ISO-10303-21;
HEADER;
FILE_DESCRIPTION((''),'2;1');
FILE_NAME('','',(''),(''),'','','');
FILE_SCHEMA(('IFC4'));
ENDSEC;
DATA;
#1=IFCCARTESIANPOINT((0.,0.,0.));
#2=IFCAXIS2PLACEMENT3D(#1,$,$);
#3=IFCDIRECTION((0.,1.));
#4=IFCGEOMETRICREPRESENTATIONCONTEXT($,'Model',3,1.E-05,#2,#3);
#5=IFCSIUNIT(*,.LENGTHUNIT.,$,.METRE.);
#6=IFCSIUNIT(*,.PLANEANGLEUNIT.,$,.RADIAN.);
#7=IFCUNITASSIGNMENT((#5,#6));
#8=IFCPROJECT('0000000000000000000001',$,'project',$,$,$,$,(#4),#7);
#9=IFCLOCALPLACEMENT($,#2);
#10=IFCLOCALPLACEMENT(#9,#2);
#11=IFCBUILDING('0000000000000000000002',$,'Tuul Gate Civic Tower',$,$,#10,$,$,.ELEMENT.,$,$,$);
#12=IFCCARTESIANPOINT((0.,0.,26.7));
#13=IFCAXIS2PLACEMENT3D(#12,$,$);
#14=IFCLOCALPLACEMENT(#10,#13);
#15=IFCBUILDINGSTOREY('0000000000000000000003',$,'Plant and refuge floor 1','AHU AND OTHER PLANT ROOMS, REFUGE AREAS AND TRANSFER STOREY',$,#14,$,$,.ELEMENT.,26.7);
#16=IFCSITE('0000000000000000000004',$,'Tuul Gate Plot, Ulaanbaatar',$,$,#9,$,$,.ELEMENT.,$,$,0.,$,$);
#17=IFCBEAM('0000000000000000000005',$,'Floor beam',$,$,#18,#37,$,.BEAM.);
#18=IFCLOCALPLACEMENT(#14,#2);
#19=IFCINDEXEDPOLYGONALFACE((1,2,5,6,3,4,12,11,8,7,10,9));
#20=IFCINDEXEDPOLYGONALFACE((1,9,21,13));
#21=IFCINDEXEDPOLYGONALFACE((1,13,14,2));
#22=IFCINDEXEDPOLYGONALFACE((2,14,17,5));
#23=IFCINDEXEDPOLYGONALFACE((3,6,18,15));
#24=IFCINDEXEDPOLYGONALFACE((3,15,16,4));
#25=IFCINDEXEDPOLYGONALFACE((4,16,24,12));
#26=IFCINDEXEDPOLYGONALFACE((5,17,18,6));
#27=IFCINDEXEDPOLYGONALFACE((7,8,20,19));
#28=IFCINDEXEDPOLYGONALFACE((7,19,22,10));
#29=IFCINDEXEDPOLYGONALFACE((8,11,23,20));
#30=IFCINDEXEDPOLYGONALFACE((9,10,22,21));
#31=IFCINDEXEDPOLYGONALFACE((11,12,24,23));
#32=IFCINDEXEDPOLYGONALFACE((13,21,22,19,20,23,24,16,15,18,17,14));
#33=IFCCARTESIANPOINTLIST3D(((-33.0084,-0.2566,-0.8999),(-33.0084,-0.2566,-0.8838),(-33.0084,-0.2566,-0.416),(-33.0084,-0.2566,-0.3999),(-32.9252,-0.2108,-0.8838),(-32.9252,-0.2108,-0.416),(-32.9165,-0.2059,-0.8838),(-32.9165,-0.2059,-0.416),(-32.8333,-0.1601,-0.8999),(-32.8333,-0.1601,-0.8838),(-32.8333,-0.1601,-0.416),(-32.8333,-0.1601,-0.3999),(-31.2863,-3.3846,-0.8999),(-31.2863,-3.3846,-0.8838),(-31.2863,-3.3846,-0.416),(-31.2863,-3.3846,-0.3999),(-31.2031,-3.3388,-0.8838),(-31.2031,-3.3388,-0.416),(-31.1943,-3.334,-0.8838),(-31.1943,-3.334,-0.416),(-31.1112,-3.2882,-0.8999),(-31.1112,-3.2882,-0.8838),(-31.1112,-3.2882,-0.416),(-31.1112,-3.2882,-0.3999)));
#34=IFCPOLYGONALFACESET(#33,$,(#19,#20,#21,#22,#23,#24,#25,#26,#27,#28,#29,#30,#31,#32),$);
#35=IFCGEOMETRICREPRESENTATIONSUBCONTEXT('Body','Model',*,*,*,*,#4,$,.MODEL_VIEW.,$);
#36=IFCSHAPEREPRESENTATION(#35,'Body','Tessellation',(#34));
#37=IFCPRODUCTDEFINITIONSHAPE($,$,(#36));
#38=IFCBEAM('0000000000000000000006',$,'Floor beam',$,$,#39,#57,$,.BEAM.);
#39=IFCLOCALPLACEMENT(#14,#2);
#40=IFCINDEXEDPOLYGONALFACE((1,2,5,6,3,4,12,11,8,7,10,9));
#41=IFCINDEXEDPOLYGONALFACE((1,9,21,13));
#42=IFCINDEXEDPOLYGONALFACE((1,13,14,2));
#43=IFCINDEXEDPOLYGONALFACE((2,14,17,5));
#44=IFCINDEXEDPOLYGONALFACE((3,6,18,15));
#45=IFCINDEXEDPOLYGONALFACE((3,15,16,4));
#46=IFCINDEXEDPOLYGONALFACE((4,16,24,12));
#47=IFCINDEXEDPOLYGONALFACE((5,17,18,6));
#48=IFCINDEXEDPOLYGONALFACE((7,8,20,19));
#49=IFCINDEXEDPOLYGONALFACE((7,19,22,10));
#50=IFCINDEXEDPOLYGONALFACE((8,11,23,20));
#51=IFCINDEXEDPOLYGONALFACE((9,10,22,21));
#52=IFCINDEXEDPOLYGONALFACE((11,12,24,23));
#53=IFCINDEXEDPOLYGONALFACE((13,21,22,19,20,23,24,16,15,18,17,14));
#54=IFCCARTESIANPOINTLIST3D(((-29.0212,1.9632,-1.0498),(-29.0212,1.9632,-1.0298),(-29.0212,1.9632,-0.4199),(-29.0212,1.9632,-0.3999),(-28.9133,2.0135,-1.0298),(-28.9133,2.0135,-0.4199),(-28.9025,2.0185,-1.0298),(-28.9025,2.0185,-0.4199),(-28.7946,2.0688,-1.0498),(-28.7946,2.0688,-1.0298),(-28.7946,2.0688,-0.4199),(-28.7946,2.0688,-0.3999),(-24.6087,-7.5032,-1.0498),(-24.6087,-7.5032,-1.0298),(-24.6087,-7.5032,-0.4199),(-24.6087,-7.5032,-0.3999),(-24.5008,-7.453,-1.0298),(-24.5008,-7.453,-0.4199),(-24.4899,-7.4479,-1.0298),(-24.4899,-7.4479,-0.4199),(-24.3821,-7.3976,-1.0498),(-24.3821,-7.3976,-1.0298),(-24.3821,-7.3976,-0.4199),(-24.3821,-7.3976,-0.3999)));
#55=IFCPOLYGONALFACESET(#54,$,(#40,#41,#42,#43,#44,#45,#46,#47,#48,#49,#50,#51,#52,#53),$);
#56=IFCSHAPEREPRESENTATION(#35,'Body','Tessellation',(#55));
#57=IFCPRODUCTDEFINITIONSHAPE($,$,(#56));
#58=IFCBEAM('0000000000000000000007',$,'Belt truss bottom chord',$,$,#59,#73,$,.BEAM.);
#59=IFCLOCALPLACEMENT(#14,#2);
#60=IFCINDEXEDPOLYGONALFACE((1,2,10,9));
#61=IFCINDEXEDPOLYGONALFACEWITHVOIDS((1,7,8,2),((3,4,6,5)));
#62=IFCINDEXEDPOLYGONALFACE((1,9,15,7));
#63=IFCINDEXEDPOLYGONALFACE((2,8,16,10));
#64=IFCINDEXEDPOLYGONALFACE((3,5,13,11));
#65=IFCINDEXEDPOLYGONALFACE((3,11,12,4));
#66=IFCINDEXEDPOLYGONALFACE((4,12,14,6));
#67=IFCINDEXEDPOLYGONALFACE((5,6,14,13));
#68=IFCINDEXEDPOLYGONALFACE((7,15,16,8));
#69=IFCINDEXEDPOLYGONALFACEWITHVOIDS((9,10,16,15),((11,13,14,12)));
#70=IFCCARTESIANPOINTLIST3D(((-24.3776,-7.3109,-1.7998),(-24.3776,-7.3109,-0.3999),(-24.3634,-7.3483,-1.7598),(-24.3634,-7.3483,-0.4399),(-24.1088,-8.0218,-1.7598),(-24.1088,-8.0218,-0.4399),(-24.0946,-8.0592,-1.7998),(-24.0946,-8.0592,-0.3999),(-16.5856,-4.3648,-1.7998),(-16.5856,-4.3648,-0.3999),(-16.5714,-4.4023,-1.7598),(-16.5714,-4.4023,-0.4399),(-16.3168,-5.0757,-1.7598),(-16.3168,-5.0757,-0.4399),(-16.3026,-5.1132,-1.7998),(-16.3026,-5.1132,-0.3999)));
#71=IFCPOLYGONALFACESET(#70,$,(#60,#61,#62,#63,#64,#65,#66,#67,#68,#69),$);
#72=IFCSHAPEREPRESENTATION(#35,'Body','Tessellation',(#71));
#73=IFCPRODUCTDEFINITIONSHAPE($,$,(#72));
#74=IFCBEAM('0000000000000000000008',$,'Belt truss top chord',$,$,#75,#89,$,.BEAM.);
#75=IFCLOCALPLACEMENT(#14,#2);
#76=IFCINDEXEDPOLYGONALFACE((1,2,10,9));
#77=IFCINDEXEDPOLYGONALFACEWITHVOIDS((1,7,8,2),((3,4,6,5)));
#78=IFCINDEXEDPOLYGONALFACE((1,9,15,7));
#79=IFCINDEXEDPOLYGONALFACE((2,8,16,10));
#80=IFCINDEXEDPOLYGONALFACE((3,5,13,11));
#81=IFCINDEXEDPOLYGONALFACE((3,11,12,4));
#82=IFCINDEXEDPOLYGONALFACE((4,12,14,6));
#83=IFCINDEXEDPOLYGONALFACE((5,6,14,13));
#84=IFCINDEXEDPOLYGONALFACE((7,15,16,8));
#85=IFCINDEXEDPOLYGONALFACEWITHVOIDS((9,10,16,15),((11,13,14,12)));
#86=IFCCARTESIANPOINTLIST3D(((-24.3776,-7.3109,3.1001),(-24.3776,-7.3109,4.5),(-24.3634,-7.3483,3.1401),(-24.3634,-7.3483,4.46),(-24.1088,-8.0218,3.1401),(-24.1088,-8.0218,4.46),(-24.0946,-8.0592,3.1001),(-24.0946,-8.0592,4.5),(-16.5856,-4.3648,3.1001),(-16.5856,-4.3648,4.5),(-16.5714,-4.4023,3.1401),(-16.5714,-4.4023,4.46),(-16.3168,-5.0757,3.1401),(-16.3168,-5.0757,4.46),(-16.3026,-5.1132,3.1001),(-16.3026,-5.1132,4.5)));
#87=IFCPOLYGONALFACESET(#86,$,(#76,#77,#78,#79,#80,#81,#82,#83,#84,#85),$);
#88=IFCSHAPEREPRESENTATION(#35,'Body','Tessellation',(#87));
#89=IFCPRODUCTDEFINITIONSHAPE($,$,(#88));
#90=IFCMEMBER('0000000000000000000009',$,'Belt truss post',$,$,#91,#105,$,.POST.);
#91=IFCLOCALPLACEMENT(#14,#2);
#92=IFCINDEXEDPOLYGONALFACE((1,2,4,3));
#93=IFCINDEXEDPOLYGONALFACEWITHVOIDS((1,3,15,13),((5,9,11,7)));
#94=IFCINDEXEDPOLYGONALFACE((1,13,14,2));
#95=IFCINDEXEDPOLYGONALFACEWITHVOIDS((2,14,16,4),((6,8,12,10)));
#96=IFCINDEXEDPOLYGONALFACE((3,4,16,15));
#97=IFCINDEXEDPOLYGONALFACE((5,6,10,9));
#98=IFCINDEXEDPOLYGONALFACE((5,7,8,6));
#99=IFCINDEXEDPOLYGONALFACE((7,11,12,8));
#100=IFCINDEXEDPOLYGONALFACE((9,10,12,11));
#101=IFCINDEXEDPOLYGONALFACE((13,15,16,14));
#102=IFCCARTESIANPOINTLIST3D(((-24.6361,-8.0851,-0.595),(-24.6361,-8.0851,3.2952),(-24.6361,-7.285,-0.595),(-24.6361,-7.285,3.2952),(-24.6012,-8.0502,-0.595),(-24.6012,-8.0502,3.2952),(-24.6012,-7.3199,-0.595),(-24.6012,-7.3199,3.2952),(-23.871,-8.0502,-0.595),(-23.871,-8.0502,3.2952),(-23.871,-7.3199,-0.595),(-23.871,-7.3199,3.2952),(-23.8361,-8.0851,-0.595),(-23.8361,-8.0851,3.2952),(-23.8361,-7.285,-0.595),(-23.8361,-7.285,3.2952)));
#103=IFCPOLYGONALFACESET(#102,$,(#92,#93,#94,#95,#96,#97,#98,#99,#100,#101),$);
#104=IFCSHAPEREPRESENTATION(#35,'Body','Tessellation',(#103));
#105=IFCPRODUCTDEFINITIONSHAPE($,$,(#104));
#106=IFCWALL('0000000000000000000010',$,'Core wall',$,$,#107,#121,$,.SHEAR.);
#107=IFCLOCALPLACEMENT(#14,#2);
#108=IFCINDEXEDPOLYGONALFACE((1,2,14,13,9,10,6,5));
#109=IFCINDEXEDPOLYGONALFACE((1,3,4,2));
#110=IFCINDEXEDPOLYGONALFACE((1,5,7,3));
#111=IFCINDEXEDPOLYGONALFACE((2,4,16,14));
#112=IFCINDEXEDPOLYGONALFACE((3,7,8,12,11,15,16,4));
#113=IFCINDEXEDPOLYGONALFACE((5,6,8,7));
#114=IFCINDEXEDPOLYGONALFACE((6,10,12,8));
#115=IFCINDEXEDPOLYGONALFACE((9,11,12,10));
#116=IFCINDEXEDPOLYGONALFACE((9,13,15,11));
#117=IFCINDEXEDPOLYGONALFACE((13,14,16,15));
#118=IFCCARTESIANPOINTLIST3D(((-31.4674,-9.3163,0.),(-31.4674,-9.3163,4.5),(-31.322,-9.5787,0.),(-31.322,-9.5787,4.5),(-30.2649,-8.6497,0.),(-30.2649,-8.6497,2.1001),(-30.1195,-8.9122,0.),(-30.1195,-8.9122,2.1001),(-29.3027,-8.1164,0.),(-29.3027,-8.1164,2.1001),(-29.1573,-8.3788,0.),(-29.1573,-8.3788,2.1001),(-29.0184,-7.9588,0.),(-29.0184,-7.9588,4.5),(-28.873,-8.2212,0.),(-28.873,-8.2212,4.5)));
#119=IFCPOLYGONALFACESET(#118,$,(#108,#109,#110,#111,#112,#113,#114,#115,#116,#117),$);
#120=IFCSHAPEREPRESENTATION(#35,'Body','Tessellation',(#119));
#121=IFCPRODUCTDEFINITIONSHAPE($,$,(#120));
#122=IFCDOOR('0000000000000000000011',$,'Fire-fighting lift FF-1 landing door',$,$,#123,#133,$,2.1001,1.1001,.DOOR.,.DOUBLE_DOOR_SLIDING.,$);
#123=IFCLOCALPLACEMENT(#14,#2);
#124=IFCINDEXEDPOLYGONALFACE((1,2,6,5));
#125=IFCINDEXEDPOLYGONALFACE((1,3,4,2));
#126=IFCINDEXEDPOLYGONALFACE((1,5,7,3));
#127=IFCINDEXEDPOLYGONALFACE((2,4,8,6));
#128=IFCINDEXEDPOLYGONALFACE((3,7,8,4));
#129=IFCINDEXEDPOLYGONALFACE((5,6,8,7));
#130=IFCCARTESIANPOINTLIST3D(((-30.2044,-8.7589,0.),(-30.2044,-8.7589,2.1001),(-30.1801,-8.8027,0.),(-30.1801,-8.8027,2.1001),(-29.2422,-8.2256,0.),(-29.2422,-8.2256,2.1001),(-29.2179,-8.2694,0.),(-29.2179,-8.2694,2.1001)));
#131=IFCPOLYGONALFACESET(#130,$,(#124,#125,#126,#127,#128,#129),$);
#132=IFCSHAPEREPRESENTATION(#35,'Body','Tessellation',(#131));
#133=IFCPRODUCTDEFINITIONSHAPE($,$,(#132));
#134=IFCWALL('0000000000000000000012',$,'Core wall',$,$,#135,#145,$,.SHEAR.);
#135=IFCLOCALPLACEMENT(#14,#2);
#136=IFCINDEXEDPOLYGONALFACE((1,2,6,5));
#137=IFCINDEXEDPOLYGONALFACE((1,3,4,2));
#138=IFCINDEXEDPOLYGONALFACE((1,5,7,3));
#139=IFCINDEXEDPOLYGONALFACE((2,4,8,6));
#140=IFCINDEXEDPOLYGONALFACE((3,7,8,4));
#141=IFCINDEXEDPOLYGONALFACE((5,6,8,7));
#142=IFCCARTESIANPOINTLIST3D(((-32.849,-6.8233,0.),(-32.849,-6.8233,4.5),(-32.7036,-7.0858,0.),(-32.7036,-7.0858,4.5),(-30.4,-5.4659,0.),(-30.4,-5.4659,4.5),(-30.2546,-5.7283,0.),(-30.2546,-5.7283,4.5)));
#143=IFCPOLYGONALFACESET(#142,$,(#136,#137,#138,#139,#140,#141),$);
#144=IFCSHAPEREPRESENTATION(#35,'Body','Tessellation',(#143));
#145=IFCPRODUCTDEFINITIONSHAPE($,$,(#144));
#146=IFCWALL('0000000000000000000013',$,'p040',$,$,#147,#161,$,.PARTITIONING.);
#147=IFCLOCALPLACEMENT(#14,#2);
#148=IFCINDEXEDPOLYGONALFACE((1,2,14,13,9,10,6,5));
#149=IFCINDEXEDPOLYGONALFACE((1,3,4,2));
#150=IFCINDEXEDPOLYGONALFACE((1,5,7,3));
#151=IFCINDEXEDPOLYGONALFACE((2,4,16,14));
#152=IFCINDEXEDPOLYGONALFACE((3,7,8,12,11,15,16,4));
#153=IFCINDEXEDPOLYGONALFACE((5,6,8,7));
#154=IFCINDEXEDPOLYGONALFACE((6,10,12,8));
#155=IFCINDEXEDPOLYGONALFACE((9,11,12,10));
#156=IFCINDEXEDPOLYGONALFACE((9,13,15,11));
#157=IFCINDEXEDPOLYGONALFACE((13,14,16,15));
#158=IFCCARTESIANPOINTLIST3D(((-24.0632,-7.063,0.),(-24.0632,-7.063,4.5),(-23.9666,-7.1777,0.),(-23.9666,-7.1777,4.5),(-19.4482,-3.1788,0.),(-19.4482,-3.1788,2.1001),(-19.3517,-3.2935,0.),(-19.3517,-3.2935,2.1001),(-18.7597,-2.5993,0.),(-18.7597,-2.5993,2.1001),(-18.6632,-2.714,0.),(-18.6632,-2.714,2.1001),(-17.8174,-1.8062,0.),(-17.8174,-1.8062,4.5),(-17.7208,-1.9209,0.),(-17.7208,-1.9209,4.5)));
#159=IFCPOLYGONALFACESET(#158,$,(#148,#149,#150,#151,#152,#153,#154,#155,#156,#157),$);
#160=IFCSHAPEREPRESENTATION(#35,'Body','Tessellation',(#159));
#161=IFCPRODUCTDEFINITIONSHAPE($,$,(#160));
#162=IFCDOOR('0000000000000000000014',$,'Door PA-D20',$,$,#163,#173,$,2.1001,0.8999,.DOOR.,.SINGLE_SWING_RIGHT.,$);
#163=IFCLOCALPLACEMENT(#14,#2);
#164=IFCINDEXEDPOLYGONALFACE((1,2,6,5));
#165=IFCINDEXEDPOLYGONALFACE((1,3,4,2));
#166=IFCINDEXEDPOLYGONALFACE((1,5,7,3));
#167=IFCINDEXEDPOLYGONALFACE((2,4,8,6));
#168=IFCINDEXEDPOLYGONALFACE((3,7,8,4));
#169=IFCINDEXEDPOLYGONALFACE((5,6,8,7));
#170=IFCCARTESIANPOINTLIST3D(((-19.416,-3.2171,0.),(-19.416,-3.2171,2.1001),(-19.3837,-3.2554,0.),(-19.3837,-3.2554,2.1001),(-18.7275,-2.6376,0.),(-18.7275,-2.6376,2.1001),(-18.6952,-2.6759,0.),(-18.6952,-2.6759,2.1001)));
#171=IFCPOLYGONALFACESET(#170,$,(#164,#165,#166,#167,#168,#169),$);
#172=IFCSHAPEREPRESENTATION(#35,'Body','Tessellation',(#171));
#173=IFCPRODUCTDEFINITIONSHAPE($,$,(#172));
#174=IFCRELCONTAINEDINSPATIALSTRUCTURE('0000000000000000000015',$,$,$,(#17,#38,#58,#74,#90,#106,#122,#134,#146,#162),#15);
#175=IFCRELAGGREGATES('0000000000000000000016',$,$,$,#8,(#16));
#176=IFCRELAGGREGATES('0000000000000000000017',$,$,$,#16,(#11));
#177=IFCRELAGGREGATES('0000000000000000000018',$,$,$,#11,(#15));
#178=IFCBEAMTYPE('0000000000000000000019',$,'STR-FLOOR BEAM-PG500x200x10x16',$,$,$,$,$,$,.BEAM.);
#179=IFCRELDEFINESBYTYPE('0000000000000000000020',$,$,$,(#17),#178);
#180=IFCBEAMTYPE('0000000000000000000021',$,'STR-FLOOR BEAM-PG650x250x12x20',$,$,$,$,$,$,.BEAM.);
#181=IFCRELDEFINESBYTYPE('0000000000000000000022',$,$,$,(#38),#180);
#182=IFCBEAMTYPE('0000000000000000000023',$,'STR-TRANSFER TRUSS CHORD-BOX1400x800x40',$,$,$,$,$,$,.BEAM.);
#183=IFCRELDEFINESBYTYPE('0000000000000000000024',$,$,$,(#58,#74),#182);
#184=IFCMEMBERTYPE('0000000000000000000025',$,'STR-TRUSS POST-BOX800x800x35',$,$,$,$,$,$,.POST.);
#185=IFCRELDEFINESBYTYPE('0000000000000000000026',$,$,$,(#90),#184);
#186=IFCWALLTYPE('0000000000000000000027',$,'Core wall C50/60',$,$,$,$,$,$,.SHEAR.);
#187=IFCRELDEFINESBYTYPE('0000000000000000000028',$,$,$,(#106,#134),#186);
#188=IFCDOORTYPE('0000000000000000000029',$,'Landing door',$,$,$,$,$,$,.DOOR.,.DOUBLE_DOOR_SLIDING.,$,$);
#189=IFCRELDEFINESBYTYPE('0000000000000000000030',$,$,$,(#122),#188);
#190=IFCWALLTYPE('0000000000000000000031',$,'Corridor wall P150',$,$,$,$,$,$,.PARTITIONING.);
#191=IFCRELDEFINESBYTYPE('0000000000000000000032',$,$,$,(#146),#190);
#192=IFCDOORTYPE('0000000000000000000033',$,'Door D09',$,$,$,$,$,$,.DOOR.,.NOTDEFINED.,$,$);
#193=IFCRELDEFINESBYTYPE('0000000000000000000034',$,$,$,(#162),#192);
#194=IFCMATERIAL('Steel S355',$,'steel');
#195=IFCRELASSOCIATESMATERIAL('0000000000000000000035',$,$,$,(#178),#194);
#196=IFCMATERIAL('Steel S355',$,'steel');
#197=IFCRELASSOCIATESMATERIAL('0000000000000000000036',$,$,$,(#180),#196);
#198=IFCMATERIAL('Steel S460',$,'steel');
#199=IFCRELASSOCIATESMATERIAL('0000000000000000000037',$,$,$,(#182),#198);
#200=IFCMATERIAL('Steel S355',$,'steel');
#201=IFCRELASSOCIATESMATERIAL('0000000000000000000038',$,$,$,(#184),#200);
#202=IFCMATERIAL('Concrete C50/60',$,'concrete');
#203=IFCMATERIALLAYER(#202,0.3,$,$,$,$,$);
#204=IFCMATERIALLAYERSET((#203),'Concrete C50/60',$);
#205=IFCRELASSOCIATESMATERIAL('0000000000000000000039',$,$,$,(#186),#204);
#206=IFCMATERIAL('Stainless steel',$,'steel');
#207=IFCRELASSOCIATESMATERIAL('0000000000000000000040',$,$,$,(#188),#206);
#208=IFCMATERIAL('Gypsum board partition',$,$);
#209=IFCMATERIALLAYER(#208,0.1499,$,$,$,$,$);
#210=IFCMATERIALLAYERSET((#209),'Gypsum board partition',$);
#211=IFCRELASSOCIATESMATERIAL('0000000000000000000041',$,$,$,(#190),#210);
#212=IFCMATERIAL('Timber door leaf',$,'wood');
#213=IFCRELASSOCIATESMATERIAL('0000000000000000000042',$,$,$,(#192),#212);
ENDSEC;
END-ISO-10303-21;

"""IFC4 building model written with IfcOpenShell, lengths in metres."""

from ifc_helpers import new_model, si_unit, direction, frame, frame_2d, origin, origin_2d, place, context, subcontext, project, spatial, rectangle, hollow_rectangle, i_section, extrude, material, layer, layer_set, material_profile, profile_set, type_object, element, fill, save


model = new_model("IFC4")

# Units and contexts
model_context = context("Model", 3, precision=1e-05, world=origin(), true_north=direction((0.0, 1.0)))
body_context = subcontext(model_context, "Body", "Model", "MODEL_VIEW")
ifc_project = project(units=[si_unit("LENGTHUNIT", "METRE"), si_unit("PLANEANGLEUNIT", "RADIAN")], contexts=[model_context])

# Site, building, storey
site_placement = place(None, origin())
site = spatial("IfcSite", under=ifc_project, at=site_placement, Name="Tuul Gate Plot, Ulaanbaatar", CompositionType="ELEMENT", RefElevation=0.0)
building_placement = place(site_placement, origin())
building = spatial("IfcBuilding", under=site, at=building_placement, Name="Tuul Gate Civic Tower", CompositionType="ELEMENT")
storey_placement = place(building_placement, frame((0.0, 0.0, 26.7)))
storey = spatial("IfcBuildingStorey", under=building, at=storey_placement, Name="Plant and refuge floor 1", Description="AHU AND OTHER PLANT ROOMS, REFUGE AREAS AND TRANSFER STOREY", CompositionType="ELEMENT", Elevation=26.7)

# Beams
ifc_material_1 = material(Name="Steel S355", Category="steel")
ifc_material_profile_1 = material_profile(ifc_material_1, i_section(OverallWidth=0.2, OverallDepth=0.5, WebThickness=0.01, FlangeThickness=0.0161, at=origin_2d()), Name="PG500x200x10x16")
ifc_profile_set_1 = profile_set([ifc_material_profile_1], Name="Steel S355")
beam_type_1 = type_object("IfcBeamType", Name="STR-FLOOR BEAM-PG500x200x10x16", PredefinedType="BEAM", material=ifc_profile_set_1)
beam_1_placement = place(storey_placement, frame((-31.1987, -3.3364, -0.6499), z_axis=(-0.482278, 0.876018, 0.0), x_axis=(-0.876018, -0.482278, 0.0)))
element("IfcBeam", 1, at=beam_1_placement, inside=storey, type_object=beam_type_1, Name="Floor beam", PredefinedType="BEAM", context=body_context, shape_type="SweptSolid", body=[
    extrude(i_section(OverallWidth=0.2, OverallDepth=0.5, WebThickness=0.01, FlangeThickness=0.0161, at=origin_2d()), origin(), (0.0, 0.0, 1.0), 3.5708),
])
ifc_material_2 = material(Name="Steel S355", Category="steel")
ifc_material_profile_2 = material_profile(ifc_material_2, i_section(OverallWidth=0.25, OverallDepth=0.6499, WebThickness=0.012, FlangeThickness=0.02, at=origin_2d()), Name="PG650x250x12x20")
ifc_profile_set_2 = profile_set([ifc_material_profile_2], Name="Steel S355")
beam_type_2 = type_object("IfcBeamType", Name="STR-FLOOR BEAM-PG650x250x12x20", PredefinedType="BEAM", material=ifc_profile_set_2)
beam_2_placement = place(storey_placement, frame((-24.4954, -7.4504, -0.7249), z_axis=(-0.422482, 0.906371, 0.0), x_axis=(-0.906371, -0.422482, 0.0)))
element("IfcBeam", 2, at=beam_2_placement, inside=storey, type_object=beam_type_2, Name="Floor beam", PredefinedType="BEAM", context=body_context, shape_type="SweptSolid", body=[
    extrude(i_section(OverallWidth=0.25, OverallDepth=0.6499, WebThickness=0.012, FlangeThickness=0.02, at=origin_2d()), origin(), (0.0, 0.0, 1.0), 10.4443),
])
ifc_material_3 = material(Name="Steel S460", Category="steel")
ifc_material_profile_3 = material_profile(ifc_material_3, hollow_rectangle(XDim=0.8, YDim=1.3999, WallThickness=0.04, at=origin_2d()), Name="BOX1400x800x40")
ifc_profile_set_3 = profile_set([ifc_material_profile_3], Name="Steel S460")
beam_type_3 = type_object("IfcBeamType", Name="STR-TRANSFER TRUSS CHORD-BOX1400x800x40", PredefinedType="BEAM", material=ifc_profile_set_3)
for number, where, z_axis, x_axis, name in (
    (3, (-24.2361, -7.6851, -1.0999), (0.935377, 0.353653, 0.0), (-0.353653, 0.935377, 0.0), "Belt truss bottom chord"),
    (4, (-24.2361, -7.6851, 3.8), (0.935377, 0.353653, 0.0), (-0.353653, 0.935377, 0.0), "Belt truss top chord"),
):
    element("IfcBeam", number, at=place(storey_placement, frame(where, z_axis=z_axis, x_axis=x_axis)), inside=storey, type_object=beam_type_3, Name=name, PredefinedType="BEAM", context=body_context, shape_type="SweptSolid", body=[
        extrude(hollow_rectangle(XDim=0.8, YDim=1.3999, WallThickness=0.04, at=origin_2d()), origin(), (0.0, 0.0, 1.0), 8.3303),
    ])

# Member
ifc_material_4 = material(Name="Steel S355", Category="steel")
ifc_material_profile_4 = material_profile(ifc_material_4, hollow_rectangle(XDim=0.8, YDim=0.8, WallThickness=0.0349, at=origin_2d()), Name="BOX800x800x35")
ifc_profile_set_4 = profile_set([ifc_material_profile_4], Name="Steel S355")
member_type = type_object("IfcMemberType", Name="STR-TRUSS POST-BOX800x800x35", PredefinedType="POST", material=ifc_profile_set_4)
member_placement = place(storey_placement, frame((-24.2361, -7.6851, -0.595), z_axis=(0.0, 0.0, 1.0), x_axis=(1.0, 0.0, 0.0)))
element("IfcMember", 5, at=member_placement, inside=storey, type_object=member_type, Name="Belt truss post", PredefinedType="POST", context=body_context, shape_type="SweptSolid", body=[
    extrude(hollow_rectangle(XDim=0.8, YDim=0.8, WallThickness=0.0349, at=origin_2d()), origin(), (0.0, 0.0, 1.0), 3.8901),
])

# Wall, opening, door
ifc_material_5 = material(Name="Concrete C50/60", Category="concrete")
ifc_layer_1 = layer(ifc_material_5, 0.3)
ifc_layer_set_1 = layer_set([ifc_layer_1], Name="Concrete C50/60")
wall_type_1 = type_object("IfcWallType", Name="Core wall C50/60", PredefinedType="SHEAR", material=ifc_layer_set_1)
wall_1_placement = place(storey_placement, frame((-28.9458, -8.0901, 0.0), z_axis=(0.0, 0.0, 1.0), x_axis=(-0.87463, -0.484791, 0.0)))
wall_1 = element("IfcWall", 6, at=wall_1_placement, inside=storey, type_object=wall_type_1, Name="Core wall", PredefinedType="SHEAR", context=body_context, shape_type="SweptSolid", body=[
    extrude(rectangle(XDim=2.8, YDim=0.3, at=frame_2d((1.3999, 0.0))), origin(), (0.0, 0.0, 1.0), 4.5),
])
opening_1_placement = place(wall_1_placement, frame((0.325, 0.0, 0.0)))
opening_1 = element("IfcOpeningElement", 7, at=opening_1_placement, cuts=wall_1, PredefinedType="OPENING", context=body_context, shape_type="SweptSolid", body=[
    extrude(rectangle(XDim=1.1001, YDim=2.1001, at=frame_2d((0.55, 1.05))), frame((0.0, 0.1602, 0.0), z_axis=(0.0, -1.0, 0.0), x_axis=(1.0, 0.0, 0.0)), (0.0, 0.0, 1.0), 0.3201),
])
ifc_material_6 = material(Name="Stainless steel", Category="steel")
door_type_1 = type_object("IfcDoorType", Name="Landing door", OperationType="DOUBLE_DOOR_SLIDING", PredefinedType="DOOR", material=ifc_material_6)
door_1_placement = place(opening_1_placement, origin())
door_1 = element("IfcDoor", 8, at=door_1_placement, inside=storey, type_object=door_type_1, Name="Fire-fighting lift FF-1 landing door", OperationType="DOUBLE_DOOR_SLIDING", OverallHeight=2.1001, OverallWidth=1.1001, PredefinedType="DOOR", context=body_context, shape_type="SweptSolid", body=[
    extrude(rectangle(XDim=1.1001, YDim=2.1001, at=frame_2d((0.55, 1.05))), frame((0.0, 0.0249, 0.0), z_axis=(0.0, -1.0, 0.0), x_axis=(1.0, 0.0, 0.0)), (0.0, 0.0, 1.0), 0.05),
])
fill(opening_1, door_1)

# Wall
wall_2_placement = place(storey_placement, frame((-30.3274, -5.5972, 0.0), z_axis=(0.0, 0.0, 1.0), x_axis=(-0.87463, -0.484791, 0.0)))
element("IfcWall", 9, at=wall_2_placement, inside=storey, type_object=wall_type_1, Name="Core wall", PredefinedType="SHEAR", context=body_context, shape_type="SweptSolid", body=[
    extrude(rectangle(XDim=2.8, YDim=0.3, at=frame_2d((1.3999, 0.0))), origin(), (0.0, 0.0, 1.0), 4.5),
])

# Wall, opening, door
ifc_material_7 = material(Name="Gypsum board partition")
ifc_layer_2 = layer(ifc_material_7, 0.1499)
ifc_layer_set_2 = layer_set([ifc_layer_2], Name="Gypsum board partition")
wall_type_2 = type_object("IfcWallType", Name="Corridor wall P150", PredefinedType="PARTITIONING", material=ifc_layer_set_2)
wall_3_placement = place(storey_placement, frame((-24.0149, -7.1204, 0.0), z_axis=(0.0, 0.0, 1.0), x_axis=(0.765082, 0.643933, 0.0)))
wall_3 = element("IfcWall", 10, at=wall_3_placement, inside=storey, type_object=wall_type_2, Name="p040", PredefinedType="PARTITIONING", context=body_context, shape_type="SweptSolid", body=[
    extrude(rectangle(XDim=8.1636, YDim=0.1499, at=frame_2d((4.0818, 0.0))), origin(), (0.0, 0.0, 1.0), 4.5),
])
opening_2_placement = place(wall_3_placement, frame((6.032, 0.0, 0.0)))
opening_2 = element("IfcOpeningElement", 11, at=opening_2_placement, cuts=wall_3, PredefinedType="OPENING", context=body_context, shape_type="SweptSolid", body=[
    extrude(rectangle(XDim=0.8999, YDim=2.1001, at=frame_2d((0.45, 1.05))), frame((0.0, 0.085, 0.0), z_axis=(0.0, -1.0, 0.0), x_axis=(1.0, 0.0, 0.0)), (0.0, 0.0, 1.0), 0.1699),
])
ifc_material_8 = material(Name="Timber door leaf", Category="wood")
door_type_2 = type_object("IfcDoorType", Name="Door D09", OperationType="NOTDEFINED", PredefinedType="DOOR", material=ifc_material_8)
door_2_placement = place(opening_2_placement, origin())
door_2 = element("IfcDoor", 12, at=door_2_placement, inside=storey, type_object=door_type_2, Name="Door PA-D20", OperationType="SINGLE_SWING_RIGHT", OverallHeight=2.1001, OverallWidth=0.8999, PredefinedType="DOOR", context=body_context, shape_type="SweptSolid", body=[
    extrude(rectangle(XDim=0.8999, YDim=2.1001, at=frame_2d((0.45, 1.05))), frame((0.0, 0.0249, 0.0), z_axis=(0.0, -1.0, 0.0), x_axis=(1.0, 0.0, 0.0)), (0.0, 0.0, 1.0), 0.05),
])
fill(opening_2, door_2)

save(model, "model.ifc")
